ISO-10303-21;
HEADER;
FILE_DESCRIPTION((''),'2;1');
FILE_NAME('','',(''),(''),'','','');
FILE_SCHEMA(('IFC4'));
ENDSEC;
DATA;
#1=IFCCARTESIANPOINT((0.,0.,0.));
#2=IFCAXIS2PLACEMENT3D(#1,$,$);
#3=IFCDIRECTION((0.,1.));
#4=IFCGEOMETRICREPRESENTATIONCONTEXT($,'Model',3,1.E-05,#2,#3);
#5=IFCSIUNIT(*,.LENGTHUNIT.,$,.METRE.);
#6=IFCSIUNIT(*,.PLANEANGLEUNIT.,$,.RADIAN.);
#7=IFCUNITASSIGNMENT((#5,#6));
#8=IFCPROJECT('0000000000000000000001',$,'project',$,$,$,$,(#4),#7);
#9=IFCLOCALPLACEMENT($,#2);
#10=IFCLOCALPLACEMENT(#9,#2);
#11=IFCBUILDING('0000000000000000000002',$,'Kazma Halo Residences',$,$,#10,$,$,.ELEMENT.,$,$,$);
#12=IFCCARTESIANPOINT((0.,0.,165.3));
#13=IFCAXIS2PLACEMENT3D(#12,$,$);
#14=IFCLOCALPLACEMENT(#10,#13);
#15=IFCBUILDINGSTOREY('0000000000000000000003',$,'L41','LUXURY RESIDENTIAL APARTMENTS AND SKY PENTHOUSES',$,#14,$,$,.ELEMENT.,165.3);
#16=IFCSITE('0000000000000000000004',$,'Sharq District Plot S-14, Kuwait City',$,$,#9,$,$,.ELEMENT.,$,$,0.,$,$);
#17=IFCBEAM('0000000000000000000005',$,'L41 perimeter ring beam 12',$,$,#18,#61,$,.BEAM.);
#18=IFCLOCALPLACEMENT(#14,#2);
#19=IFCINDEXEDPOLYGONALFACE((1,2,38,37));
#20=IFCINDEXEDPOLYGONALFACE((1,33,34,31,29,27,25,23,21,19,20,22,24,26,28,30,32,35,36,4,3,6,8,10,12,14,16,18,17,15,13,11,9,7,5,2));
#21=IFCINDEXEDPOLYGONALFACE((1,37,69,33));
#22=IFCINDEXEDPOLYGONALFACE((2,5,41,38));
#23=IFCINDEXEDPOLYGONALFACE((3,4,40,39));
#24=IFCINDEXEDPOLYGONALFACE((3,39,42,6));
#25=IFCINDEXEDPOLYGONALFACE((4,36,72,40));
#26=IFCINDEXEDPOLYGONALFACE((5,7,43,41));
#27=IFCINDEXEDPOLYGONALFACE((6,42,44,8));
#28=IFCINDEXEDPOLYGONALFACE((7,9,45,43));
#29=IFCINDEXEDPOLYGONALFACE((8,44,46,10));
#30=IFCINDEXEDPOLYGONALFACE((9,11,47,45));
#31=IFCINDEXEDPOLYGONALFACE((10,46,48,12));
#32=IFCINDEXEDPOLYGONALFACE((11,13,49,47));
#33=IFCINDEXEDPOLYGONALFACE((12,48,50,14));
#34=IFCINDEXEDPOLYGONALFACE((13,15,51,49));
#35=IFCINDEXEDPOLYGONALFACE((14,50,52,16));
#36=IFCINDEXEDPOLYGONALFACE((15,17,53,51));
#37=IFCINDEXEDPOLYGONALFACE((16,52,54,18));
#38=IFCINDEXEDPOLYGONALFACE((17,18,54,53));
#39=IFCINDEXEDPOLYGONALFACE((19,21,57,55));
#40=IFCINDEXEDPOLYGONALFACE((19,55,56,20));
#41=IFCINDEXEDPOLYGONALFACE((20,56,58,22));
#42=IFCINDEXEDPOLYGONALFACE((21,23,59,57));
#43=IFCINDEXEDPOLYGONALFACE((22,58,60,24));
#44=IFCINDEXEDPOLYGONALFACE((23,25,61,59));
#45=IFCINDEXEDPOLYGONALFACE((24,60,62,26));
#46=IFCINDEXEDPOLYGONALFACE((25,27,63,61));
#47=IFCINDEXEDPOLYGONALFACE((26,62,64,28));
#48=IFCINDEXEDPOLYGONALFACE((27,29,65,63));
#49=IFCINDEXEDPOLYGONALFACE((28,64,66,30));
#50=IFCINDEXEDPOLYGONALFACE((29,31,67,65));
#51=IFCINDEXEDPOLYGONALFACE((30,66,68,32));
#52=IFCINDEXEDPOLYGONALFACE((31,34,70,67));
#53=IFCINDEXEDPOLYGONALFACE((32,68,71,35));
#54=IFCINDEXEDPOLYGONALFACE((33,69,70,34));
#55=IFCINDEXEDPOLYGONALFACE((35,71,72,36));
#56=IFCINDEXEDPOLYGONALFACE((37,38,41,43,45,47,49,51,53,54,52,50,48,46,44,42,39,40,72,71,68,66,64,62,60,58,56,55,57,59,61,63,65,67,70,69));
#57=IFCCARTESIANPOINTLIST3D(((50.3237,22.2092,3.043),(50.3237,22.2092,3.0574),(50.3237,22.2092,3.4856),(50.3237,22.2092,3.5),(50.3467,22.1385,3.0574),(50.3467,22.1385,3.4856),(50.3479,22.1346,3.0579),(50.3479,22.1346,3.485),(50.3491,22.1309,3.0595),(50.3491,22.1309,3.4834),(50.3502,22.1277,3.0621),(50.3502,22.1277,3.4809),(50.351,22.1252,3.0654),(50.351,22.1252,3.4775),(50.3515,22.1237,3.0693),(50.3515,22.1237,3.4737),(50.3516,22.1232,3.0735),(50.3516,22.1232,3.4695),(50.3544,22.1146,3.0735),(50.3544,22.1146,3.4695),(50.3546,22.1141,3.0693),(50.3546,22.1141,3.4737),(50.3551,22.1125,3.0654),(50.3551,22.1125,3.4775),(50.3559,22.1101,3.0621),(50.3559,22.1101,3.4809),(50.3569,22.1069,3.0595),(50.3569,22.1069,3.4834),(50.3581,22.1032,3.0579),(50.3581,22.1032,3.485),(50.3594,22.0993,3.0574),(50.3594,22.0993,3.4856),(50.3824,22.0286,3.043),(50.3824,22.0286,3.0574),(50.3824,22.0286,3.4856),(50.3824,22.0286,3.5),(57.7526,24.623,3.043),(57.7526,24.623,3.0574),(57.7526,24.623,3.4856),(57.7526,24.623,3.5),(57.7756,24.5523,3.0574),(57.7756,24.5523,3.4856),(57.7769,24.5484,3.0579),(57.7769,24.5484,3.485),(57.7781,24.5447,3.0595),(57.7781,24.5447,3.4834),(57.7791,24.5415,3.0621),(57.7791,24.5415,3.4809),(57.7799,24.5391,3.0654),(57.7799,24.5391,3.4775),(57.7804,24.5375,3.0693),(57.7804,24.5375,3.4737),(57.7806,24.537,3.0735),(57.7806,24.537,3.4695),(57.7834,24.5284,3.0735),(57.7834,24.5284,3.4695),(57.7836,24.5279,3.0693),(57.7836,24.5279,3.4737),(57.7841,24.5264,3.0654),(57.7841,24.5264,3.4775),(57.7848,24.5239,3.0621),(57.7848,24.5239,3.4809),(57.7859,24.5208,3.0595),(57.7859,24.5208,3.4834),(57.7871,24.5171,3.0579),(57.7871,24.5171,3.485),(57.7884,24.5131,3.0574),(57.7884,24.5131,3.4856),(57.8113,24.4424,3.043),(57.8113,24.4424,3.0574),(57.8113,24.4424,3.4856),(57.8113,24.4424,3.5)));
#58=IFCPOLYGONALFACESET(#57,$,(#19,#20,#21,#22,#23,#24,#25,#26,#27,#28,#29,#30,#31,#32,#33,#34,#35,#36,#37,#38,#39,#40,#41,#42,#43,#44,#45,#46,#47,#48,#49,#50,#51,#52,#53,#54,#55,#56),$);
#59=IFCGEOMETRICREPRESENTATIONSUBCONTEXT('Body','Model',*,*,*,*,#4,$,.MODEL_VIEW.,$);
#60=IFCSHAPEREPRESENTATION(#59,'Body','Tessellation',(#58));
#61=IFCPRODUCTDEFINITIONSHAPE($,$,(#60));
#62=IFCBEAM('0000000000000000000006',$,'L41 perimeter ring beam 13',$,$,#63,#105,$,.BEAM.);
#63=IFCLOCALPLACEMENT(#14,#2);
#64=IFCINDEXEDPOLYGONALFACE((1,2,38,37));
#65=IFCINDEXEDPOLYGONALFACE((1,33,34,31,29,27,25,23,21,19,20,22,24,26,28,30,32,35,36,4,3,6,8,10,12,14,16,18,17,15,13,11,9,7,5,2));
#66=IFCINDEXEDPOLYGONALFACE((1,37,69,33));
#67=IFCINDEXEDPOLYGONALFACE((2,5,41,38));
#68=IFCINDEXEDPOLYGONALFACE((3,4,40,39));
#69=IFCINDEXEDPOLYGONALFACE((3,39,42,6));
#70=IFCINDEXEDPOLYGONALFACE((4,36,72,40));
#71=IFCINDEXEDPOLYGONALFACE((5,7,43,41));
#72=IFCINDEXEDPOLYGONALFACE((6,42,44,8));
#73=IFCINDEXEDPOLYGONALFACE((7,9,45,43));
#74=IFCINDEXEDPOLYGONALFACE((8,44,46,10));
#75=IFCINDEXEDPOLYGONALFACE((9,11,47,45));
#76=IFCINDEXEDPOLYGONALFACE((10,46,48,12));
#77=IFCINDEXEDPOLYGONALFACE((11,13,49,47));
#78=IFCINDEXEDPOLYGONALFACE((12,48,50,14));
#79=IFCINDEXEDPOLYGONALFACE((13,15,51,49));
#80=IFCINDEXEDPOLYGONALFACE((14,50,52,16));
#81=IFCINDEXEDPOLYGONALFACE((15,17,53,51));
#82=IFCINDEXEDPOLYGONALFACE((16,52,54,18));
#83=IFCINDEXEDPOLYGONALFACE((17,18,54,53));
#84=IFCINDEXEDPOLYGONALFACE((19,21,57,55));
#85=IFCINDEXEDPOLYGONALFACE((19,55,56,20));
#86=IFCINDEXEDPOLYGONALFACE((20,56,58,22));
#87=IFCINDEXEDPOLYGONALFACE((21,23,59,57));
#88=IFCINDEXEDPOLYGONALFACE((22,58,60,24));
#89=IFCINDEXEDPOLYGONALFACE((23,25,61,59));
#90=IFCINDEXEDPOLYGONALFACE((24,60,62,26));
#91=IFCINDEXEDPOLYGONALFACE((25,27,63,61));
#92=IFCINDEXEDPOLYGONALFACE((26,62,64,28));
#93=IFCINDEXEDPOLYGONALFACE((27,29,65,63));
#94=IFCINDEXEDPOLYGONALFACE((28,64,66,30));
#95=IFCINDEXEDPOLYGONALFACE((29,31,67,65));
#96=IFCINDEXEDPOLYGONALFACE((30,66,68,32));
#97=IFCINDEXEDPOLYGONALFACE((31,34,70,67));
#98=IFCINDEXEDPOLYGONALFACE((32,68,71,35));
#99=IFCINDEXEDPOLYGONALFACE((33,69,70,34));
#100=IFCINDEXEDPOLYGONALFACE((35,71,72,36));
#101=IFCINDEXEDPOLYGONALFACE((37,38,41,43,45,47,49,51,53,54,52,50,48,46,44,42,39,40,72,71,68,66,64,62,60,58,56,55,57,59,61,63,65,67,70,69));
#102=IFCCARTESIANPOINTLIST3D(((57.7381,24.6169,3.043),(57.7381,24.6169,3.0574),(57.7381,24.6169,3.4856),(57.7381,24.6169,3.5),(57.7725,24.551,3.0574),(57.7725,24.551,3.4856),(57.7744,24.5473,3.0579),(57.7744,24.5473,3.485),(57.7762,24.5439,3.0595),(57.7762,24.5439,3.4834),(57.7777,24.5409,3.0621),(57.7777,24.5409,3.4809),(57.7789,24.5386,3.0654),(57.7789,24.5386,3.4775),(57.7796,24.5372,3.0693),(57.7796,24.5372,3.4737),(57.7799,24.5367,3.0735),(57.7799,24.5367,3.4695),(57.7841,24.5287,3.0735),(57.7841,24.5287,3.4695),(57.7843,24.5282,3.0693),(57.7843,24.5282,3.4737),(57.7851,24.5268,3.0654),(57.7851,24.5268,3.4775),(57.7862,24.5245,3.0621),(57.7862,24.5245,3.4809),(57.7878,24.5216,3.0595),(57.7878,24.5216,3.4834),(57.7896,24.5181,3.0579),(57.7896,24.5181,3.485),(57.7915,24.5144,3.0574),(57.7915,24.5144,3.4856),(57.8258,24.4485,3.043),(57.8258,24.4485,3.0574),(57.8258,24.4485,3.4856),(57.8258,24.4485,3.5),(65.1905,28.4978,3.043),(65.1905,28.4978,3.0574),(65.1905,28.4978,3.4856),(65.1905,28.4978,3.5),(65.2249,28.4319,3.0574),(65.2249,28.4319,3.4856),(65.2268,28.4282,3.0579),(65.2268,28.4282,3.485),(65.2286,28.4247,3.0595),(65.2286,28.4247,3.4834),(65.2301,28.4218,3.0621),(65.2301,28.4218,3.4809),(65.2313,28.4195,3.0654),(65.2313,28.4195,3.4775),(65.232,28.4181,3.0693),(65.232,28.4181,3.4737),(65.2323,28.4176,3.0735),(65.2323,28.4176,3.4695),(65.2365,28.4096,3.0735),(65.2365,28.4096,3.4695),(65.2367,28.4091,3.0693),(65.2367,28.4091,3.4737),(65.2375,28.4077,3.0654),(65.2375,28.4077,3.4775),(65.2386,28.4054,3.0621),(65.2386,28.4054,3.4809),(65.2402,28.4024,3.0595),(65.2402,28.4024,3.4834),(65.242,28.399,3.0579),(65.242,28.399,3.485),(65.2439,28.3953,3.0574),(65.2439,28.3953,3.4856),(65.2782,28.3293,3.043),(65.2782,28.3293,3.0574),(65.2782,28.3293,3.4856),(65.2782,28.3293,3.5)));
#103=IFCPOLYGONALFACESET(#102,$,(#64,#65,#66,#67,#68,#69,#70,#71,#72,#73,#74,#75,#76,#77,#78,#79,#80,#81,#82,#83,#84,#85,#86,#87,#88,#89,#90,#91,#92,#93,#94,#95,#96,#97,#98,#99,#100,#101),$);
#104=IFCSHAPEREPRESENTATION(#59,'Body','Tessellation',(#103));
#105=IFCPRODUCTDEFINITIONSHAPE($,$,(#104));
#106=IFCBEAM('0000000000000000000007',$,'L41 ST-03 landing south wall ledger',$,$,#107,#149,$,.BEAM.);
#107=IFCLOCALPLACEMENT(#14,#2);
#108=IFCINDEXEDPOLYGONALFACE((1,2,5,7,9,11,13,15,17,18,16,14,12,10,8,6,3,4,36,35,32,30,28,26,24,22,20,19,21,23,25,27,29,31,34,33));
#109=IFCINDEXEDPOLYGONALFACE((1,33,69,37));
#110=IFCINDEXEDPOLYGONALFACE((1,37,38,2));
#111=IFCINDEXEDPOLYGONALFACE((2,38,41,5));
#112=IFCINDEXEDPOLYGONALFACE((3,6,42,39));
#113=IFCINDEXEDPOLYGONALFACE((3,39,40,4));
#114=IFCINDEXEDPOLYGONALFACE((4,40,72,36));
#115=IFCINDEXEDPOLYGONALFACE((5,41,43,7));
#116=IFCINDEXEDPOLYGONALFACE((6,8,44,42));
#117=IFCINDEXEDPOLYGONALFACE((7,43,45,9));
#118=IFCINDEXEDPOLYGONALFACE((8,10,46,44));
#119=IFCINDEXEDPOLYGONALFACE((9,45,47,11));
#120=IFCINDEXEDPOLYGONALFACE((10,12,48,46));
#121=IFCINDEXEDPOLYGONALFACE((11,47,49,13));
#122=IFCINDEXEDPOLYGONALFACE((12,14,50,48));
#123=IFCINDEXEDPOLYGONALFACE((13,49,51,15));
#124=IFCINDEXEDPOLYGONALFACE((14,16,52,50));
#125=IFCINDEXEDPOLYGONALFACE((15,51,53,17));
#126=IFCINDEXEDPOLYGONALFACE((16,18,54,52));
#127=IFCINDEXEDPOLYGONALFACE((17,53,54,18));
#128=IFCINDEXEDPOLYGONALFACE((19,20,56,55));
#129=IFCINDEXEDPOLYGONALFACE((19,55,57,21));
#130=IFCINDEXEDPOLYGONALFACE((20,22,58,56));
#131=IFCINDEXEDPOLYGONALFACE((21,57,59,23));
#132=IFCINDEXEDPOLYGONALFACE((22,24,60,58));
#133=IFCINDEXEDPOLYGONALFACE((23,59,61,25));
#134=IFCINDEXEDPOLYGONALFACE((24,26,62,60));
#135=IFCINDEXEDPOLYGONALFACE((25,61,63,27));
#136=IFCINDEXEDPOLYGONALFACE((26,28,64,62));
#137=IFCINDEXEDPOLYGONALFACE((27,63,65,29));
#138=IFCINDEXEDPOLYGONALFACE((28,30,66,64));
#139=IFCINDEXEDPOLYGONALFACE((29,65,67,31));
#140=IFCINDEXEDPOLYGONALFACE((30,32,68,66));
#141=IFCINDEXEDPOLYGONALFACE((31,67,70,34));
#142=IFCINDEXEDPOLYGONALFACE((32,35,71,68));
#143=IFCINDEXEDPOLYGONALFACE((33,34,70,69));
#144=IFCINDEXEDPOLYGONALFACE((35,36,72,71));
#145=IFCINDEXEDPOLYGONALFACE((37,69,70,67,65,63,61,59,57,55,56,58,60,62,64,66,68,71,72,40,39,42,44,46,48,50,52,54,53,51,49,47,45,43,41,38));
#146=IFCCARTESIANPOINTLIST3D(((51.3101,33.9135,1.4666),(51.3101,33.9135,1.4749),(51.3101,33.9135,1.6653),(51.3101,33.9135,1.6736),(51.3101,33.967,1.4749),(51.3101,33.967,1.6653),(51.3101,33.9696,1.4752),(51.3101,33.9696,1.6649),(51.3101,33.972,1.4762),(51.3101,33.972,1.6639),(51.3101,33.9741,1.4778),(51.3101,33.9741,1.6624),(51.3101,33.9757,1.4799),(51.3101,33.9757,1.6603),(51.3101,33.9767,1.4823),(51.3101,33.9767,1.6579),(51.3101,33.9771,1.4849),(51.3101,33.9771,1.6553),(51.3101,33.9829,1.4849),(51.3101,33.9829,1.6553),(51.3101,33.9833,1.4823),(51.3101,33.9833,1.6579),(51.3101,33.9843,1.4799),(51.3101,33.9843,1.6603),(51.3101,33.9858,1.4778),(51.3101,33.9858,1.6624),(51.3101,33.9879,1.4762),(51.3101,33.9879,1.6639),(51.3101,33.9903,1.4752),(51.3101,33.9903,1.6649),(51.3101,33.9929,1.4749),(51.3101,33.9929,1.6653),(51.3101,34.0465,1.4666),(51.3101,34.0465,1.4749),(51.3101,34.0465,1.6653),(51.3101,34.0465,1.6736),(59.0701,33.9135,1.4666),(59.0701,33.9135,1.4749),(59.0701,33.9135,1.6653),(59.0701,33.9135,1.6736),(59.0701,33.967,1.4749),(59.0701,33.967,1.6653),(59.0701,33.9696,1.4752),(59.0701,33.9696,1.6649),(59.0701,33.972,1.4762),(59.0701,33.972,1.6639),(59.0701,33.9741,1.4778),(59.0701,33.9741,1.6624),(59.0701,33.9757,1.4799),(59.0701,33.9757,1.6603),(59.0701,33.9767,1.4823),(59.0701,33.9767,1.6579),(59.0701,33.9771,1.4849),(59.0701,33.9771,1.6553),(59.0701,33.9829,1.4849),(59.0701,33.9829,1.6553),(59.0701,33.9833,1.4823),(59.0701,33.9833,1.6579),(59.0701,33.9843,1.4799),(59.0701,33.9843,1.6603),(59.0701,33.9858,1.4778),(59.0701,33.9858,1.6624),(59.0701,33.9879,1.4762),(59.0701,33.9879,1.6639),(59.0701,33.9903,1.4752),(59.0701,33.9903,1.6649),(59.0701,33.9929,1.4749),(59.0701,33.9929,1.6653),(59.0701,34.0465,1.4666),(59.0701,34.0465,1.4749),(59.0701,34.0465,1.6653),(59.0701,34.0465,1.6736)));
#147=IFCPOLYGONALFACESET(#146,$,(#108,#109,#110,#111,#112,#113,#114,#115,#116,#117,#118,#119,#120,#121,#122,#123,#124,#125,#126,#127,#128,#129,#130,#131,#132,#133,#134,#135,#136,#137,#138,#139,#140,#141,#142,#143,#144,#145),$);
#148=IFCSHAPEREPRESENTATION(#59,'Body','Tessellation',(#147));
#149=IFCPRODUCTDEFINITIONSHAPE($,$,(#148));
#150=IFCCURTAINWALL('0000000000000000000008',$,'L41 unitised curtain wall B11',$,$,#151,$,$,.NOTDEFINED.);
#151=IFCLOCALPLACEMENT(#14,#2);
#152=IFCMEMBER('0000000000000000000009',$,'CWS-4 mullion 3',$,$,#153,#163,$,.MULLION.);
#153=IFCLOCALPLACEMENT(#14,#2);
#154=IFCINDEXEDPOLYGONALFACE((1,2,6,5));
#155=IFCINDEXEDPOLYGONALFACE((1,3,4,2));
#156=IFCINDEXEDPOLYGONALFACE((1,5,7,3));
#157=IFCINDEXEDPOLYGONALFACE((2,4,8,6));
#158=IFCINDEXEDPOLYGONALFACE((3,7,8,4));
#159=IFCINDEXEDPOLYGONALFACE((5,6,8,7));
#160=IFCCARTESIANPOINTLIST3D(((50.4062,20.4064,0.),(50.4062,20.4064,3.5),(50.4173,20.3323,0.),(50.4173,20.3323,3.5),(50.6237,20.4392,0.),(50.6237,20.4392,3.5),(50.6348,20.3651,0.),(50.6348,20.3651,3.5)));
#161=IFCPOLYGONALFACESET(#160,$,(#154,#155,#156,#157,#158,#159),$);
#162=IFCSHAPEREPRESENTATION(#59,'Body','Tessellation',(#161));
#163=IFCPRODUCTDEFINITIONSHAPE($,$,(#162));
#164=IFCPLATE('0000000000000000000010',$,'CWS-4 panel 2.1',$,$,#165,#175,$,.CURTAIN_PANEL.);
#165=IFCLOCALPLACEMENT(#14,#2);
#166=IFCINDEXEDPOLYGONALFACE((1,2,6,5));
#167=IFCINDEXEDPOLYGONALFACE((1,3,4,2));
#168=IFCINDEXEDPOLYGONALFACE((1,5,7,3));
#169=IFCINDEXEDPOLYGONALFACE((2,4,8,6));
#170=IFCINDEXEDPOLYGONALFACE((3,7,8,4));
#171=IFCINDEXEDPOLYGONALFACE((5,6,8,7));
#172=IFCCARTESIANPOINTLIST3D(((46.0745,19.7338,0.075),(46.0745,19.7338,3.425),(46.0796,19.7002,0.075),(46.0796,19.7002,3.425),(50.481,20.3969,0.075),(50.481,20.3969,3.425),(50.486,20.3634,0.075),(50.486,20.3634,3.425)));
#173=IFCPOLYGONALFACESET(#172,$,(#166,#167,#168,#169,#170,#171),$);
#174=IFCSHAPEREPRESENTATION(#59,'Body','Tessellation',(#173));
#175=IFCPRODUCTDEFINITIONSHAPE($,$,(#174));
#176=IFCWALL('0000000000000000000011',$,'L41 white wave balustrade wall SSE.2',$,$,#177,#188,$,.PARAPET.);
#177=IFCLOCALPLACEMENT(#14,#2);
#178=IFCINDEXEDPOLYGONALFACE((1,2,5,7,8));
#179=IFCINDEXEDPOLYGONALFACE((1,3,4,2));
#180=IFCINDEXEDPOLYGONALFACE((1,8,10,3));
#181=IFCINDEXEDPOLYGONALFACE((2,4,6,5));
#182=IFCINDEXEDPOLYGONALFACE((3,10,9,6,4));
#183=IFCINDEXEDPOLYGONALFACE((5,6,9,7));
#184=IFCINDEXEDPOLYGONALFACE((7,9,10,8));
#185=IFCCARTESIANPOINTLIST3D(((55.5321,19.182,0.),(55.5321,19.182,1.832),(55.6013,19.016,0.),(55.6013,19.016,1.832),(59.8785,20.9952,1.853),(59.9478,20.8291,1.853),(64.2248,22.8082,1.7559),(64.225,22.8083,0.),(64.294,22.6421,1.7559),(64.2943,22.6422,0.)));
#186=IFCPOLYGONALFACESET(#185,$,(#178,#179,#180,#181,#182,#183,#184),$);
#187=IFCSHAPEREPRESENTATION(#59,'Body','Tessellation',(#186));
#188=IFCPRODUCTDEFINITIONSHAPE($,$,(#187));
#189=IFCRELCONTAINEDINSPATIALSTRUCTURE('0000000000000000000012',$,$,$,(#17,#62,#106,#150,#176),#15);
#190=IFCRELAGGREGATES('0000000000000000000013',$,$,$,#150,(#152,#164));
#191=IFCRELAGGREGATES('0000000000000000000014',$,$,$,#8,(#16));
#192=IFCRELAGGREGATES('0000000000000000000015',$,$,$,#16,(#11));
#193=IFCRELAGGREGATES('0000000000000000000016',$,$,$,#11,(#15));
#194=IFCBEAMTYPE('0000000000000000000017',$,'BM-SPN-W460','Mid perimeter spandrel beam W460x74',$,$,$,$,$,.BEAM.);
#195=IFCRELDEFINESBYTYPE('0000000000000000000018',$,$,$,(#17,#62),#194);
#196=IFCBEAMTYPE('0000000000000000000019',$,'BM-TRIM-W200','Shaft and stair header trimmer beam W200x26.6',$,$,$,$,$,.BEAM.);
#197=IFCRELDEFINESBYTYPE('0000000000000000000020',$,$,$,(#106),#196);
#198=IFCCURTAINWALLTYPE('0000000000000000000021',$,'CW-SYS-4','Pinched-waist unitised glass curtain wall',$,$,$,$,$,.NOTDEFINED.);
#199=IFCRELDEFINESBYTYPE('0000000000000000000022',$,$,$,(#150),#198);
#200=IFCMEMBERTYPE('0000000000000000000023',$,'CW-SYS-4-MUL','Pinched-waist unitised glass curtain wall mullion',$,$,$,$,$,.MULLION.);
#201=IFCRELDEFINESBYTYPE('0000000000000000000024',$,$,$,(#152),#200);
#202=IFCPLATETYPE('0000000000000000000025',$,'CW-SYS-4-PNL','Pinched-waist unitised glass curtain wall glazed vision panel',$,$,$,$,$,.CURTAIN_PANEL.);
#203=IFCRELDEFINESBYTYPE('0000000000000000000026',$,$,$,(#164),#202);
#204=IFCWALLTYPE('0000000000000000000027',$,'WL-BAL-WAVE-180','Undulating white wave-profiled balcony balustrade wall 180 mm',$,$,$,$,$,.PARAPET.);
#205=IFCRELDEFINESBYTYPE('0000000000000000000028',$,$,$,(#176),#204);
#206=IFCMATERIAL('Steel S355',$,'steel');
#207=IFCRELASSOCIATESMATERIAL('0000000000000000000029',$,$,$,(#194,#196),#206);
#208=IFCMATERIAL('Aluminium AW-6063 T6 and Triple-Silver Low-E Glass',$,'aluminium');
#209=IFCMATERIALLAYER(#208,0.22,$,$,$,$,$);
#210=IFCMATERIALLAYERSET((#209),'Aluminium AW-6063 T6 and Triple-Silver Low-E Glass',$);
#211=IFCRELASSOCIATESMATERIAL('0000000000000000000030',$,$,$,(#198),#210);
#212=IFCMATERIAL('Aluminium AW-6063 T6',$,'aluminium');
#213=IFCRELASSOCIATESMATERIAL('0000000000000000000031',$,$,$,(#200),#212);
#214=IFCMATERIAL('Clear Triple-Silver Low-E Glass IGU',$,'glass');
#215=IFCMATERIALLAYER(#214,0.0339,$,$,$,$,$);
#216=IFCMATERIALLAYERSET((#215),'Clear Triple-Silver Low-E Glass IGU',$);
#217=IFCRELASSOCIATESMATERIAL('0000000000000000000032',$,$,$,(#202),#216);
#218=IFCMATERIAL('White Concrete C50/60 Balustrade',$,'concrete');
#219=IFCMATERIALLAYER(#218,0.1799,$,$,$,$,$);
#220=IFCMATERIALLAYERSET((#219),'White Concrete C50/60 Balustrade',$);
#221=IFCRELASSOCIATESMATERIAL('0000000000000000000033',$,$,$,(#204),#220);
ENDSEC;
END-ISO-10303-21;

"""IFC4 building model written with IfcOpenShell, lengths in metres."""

from ifc_helpers import new_model, si_unit, direction, frame, origin, origin_2d, place, context, subcontext, project, spatial, polyline, rectangle, i_section, outline, extrude, material, layer, layer_set, material_profile, profile_set, type_object, element, aggregate, save


model = new_model("IFC4")

# Units and contexts
model_context = context("Model", 3, precision=1e-05, world=origin(), true_north=direction((0.0, 1.0)))
body_context = subcontext(model_context, "Body", "Model", "MODEL_VIEW")
ifc_project = project(units=[si_unit("LENGTHUNIT", "METRE"), si_unit("PLANEANGLEUNIT", "RADIAN")], contexts=[model_context])

# Site, building, storey
site_placement = place(None, origin())
site = spatial("IfcSite", under=ifc_project, at=site_placement, Name="Sharq District Plot S-14, Kuwait City", CompositionType="ELEMENT", RefElevation=0.0)
building_placement = place(site_placement, origin())
building = spatial("IfcBuilding", under=site, at=building_placement, Name="Kazma Halo Residences", CompositionType="ELEMENT")
storey_placement = place(building_placement, frame((0.0, 0.0, 165.3)))
storey = spatial("IfcBuildingStorey", under=building, at=storey_placement, Name="L41", Description="LUXURY RESIDENTIAL APARTMENTS AND SKY PENTHOUSES", CompositionType="ELEMENT", Elevation=165.3)

# Beams
ifc_material_1 = material(Name="Steel S355", Category="steel")
ifc_material_profile_1 = material_profile(ifc_material_1, i_section(OverallWidth=0.1899, OverallDepth=0.457, WebThickness=0.009, FlangeThickness=0.0144, FilletRadius=0.0161, at=origin_2d()), Name="W460x74")
ifc_profile_set_1 = profile_set([ifc_material_profile_1], Name="Steel S355")
beam_type_1 = type_object("IfcBeamType", Name="BM-SPN-W460", Description="Mid perimeter spandrel beam W460x74", PredefinedType="BEAM", material=ifc_profile_set_1)
beam_1_placement = place(storey_placement, frame((50.353, 22.1189, 3.2715), z_axis=(0.951056, 0.309018, 0.0), x_axis=(-0.309018, 0.951056, 0.0)))
element("IfcBeam", 1, at=beam_1_placement, inside=storey, type_object=beam_type_1, Name="L41 perimeter ring beam 12", PredefinedType="BEAM", context=body_context, shape_type="SweptSolid", body=[
    extrude(i_section(OverallWidth=0.1899, OverallDepth=0.457, WebThickness=0.009, FlangeThickness=0.0144, FilletRadius=0.0161, at=origin_2d()), origin(), (0.0, 0.0, 1.0), 7.8113),
])
beam_2_placement = place(storey_placement, frame((57.782, 24.5327, 3.2715), z_axis=(0.886943, 0.461879, 0.0), x_axis=(-0.461879, 0.886943, 0.0)))
element("IfcBeam", 2, at=beam_2_placement, inside=storey, type_object=beam_type_1, Name="L41 perimeter ring beam 13", PredefinedType="BEAM", context=body_context, shape_type="SweptSolid", body=[
    extrude(i_section(OverallWidth=0.1899, OverallDepth=0.457, WebThickness=0.009, FlangeThickness=0.0144, FilletRadius=0.0161, at=origin_2d()), origin(), (0.0, 0.0, 1.0), 8.4023),
])
ifc_material_profile_2 = material_profile(ifc_material_1, i_section(OverallWidth=0.1331, OverallDepth=0.207, WebThickness=0.0059, FlangeThickness=0.0083, FilletRadius=0.01, at=origin_2d()), Name="W200x26.6")
ifc_profile_set_2 = profile_set([ifc_material_profile_2], Name="Steel S355")
beam_type_2 = type_object("IfcBeamType", Name="BM-TRIM-W200", Description="Shaft and stair header trimmer beam W200x26.6", PredefinedType="BEAM", material=ifc_profile_set_2)
beam_3_placement = place(storey_placement, frame((51.3101, 33.98, 1.5701), z_axis=(1.0, 0.0, 0.0), x_axis=(0.0, 1.0, 0.0)))
element("IfcBeam", 3, at=beam_3_placement, inside=storey, type_object=beam_type_2, Name="L41 ST-03 landing south wall ledger", PredefinedType="BEAM", context=body_context, shape_type="SweptSolid", body=[
    extrude(i_section(OverallWidth=0.1331, OverallDepth=0.207, WebThickness=0.0059, FlangeThickness=0.0083, FilletRadius=0.01, at=origin_2d()), origin(), (0.0, 0.0, 1.0), 7.76),
])

# Curtain wall, member, plate
ifc_material_2 = material(Name="Aluminium AW-6063 T6 and Triple-Silver Low-E Glass", Category="aluminium")
ifc_layer_1 = layer(ifc_material_2, 0.22)
ifc_layer_set_1 = layer_set([ifc_layer_1], Name="Aluminium AW-6063 T6 and Triple-Silver Low-E Glass")
curtain_wall_type = type_object("IfcCurtainWallType", Name="CW-SYS-4", Description="Pinched-waist unitised glass curtain wall", PredefinedType="NOTDEFINED", material=ifc_layer_set_1)
curtain_wall_placement = place(storey_placement, origin())
curtain_wall = element("IfcCurtainWall", 4, at=curtain_wall_placement, inside=storey, type_object=curtain_wall_type, Name="L41 unitised curtain wall B11", PredefinedType="NOTDEFINED")
ifc_material_3 = material(Name="Aluminium AW-6063 T6", Category="aluminium")
ifc_material_profile_3 = material_profile(ifc_material_3, rectangle(XDim=0.075, YDim=0.22, at=origin_2d()), Name="CWM-75x220")
ifc_profile_set_3 = profile_set([ifc_material_profile_3], Name="Aluminium AW-6063 T6")
member_type = type_object("IfcMemberType", Name="CW-SYS-4-MUL", Description="Pinched-waist unitised glass curtain wall mullion", PredefinedType="MULLION", material=ifc_profile_set_3)
member_placement = place(storey_placement, frame((50.5205, 20.3857, 0.0), z_axis=(0.0, 0.0, 1.0), x_axis=(-0.148821, 0.988864, 0.0)))
member = element("IfcMember", 5, at=member_placement, type_object=member_type, Name="CWS-4 mullion 3", PredefinedType="MULLION", context=body_context, shape_type="SweptSolid", body=[
    extrude(rectangle(XDim=0.075, YDim=0.22, at=origin_2d()), origin(), (0.0, 0.0, 1.0), 3.5),
])
ifc_material_4 = material(Name="Clear Triple-Silver Low-E Glass IGU", Category="glass")
ifc_layer_2 = layer(ifc_material_4, 0.0339)
ifc_layer_set_2 = layer_set([ifc_layer_2], Name="Clear Triple-Silver Low-E Glass IGU")
plate_type = type_object("IfcPlateType", Name="CW-SYS-4-PNL", Description="Pinched-waist unitised glass curtain wall glazed vision panel", PredefinedType="CURTAIN_PANEL", material=ifc_layer_set_2)
plate_placement = place(storey_placement, frame((48.2803, 20.0486, 0.075), z_axis=(0.0, 0.0, 1.0), x_axis=(0.988864, 0.148821, 0.0)))
plate = element("IfcPlate", 6, at=plate_placement, type_object=plate_type, Name="CWS-4 panel 2.1", PredefinedType="CURTAIN_PANEL", context=body_context, shape_type="SweptSolid", body=[
    extrude(rectangle(XDim=4.4561, YDim=0.0339, at=origin_2d()), origin(), (0.0, 0.0, 1.0), 3.3501),
])
aggregate(curtain_wall, [member, plate])

# Wall
ifc_material_5 = material(Name="White Concrete C50/60 Balustrade", Category="concrete")
ifc_layer_3 = layer(ifc_material_5, 0.1799)
ifc_layer_set_3 = layer_set([ifc_layer_3], Name="White Concrete C50/60 Balustrade")
wall_type_1 = type_object("IfcWallType", Name="WL-BAL-WAVE-180", Description="Undulating white wave-profiled balcony balustrade wall 180 mm", PredefinedType="PARAPET", material=ifc_layer_set_3)
wall_1_placement = place(storey_placement, frame((55.5667, 19.0991, 0.0), z_axis=(0.0, 0.0, 1.0), x_axis=(0.922919, 0.384994, 0.0)))
element("IfcWall", 7, at=wall_1_placement, inside=storey, type_object=wall_type_1, Name="L41 white wave balustrade wall SSE.2", PredefinedType="PARAPET", context=body_context, shape_type="SweptSolid", body=[
    extrude(outline(polyline([(0.0, 0.0), (9.4189, 0.0), (9.4187, 1.7559), (4.7095, 1.853), (0.0, 1.832), (0.0, 0.0)])), frame((0.0, 0.0898, 0.0), z_axis=(0.0, -1.0, 0.0), x_axis=(1.0, 0.0, 0.0)), (0.0, 0.0, 1.0), 0.1799),
])

save(model, "model.ifc")
